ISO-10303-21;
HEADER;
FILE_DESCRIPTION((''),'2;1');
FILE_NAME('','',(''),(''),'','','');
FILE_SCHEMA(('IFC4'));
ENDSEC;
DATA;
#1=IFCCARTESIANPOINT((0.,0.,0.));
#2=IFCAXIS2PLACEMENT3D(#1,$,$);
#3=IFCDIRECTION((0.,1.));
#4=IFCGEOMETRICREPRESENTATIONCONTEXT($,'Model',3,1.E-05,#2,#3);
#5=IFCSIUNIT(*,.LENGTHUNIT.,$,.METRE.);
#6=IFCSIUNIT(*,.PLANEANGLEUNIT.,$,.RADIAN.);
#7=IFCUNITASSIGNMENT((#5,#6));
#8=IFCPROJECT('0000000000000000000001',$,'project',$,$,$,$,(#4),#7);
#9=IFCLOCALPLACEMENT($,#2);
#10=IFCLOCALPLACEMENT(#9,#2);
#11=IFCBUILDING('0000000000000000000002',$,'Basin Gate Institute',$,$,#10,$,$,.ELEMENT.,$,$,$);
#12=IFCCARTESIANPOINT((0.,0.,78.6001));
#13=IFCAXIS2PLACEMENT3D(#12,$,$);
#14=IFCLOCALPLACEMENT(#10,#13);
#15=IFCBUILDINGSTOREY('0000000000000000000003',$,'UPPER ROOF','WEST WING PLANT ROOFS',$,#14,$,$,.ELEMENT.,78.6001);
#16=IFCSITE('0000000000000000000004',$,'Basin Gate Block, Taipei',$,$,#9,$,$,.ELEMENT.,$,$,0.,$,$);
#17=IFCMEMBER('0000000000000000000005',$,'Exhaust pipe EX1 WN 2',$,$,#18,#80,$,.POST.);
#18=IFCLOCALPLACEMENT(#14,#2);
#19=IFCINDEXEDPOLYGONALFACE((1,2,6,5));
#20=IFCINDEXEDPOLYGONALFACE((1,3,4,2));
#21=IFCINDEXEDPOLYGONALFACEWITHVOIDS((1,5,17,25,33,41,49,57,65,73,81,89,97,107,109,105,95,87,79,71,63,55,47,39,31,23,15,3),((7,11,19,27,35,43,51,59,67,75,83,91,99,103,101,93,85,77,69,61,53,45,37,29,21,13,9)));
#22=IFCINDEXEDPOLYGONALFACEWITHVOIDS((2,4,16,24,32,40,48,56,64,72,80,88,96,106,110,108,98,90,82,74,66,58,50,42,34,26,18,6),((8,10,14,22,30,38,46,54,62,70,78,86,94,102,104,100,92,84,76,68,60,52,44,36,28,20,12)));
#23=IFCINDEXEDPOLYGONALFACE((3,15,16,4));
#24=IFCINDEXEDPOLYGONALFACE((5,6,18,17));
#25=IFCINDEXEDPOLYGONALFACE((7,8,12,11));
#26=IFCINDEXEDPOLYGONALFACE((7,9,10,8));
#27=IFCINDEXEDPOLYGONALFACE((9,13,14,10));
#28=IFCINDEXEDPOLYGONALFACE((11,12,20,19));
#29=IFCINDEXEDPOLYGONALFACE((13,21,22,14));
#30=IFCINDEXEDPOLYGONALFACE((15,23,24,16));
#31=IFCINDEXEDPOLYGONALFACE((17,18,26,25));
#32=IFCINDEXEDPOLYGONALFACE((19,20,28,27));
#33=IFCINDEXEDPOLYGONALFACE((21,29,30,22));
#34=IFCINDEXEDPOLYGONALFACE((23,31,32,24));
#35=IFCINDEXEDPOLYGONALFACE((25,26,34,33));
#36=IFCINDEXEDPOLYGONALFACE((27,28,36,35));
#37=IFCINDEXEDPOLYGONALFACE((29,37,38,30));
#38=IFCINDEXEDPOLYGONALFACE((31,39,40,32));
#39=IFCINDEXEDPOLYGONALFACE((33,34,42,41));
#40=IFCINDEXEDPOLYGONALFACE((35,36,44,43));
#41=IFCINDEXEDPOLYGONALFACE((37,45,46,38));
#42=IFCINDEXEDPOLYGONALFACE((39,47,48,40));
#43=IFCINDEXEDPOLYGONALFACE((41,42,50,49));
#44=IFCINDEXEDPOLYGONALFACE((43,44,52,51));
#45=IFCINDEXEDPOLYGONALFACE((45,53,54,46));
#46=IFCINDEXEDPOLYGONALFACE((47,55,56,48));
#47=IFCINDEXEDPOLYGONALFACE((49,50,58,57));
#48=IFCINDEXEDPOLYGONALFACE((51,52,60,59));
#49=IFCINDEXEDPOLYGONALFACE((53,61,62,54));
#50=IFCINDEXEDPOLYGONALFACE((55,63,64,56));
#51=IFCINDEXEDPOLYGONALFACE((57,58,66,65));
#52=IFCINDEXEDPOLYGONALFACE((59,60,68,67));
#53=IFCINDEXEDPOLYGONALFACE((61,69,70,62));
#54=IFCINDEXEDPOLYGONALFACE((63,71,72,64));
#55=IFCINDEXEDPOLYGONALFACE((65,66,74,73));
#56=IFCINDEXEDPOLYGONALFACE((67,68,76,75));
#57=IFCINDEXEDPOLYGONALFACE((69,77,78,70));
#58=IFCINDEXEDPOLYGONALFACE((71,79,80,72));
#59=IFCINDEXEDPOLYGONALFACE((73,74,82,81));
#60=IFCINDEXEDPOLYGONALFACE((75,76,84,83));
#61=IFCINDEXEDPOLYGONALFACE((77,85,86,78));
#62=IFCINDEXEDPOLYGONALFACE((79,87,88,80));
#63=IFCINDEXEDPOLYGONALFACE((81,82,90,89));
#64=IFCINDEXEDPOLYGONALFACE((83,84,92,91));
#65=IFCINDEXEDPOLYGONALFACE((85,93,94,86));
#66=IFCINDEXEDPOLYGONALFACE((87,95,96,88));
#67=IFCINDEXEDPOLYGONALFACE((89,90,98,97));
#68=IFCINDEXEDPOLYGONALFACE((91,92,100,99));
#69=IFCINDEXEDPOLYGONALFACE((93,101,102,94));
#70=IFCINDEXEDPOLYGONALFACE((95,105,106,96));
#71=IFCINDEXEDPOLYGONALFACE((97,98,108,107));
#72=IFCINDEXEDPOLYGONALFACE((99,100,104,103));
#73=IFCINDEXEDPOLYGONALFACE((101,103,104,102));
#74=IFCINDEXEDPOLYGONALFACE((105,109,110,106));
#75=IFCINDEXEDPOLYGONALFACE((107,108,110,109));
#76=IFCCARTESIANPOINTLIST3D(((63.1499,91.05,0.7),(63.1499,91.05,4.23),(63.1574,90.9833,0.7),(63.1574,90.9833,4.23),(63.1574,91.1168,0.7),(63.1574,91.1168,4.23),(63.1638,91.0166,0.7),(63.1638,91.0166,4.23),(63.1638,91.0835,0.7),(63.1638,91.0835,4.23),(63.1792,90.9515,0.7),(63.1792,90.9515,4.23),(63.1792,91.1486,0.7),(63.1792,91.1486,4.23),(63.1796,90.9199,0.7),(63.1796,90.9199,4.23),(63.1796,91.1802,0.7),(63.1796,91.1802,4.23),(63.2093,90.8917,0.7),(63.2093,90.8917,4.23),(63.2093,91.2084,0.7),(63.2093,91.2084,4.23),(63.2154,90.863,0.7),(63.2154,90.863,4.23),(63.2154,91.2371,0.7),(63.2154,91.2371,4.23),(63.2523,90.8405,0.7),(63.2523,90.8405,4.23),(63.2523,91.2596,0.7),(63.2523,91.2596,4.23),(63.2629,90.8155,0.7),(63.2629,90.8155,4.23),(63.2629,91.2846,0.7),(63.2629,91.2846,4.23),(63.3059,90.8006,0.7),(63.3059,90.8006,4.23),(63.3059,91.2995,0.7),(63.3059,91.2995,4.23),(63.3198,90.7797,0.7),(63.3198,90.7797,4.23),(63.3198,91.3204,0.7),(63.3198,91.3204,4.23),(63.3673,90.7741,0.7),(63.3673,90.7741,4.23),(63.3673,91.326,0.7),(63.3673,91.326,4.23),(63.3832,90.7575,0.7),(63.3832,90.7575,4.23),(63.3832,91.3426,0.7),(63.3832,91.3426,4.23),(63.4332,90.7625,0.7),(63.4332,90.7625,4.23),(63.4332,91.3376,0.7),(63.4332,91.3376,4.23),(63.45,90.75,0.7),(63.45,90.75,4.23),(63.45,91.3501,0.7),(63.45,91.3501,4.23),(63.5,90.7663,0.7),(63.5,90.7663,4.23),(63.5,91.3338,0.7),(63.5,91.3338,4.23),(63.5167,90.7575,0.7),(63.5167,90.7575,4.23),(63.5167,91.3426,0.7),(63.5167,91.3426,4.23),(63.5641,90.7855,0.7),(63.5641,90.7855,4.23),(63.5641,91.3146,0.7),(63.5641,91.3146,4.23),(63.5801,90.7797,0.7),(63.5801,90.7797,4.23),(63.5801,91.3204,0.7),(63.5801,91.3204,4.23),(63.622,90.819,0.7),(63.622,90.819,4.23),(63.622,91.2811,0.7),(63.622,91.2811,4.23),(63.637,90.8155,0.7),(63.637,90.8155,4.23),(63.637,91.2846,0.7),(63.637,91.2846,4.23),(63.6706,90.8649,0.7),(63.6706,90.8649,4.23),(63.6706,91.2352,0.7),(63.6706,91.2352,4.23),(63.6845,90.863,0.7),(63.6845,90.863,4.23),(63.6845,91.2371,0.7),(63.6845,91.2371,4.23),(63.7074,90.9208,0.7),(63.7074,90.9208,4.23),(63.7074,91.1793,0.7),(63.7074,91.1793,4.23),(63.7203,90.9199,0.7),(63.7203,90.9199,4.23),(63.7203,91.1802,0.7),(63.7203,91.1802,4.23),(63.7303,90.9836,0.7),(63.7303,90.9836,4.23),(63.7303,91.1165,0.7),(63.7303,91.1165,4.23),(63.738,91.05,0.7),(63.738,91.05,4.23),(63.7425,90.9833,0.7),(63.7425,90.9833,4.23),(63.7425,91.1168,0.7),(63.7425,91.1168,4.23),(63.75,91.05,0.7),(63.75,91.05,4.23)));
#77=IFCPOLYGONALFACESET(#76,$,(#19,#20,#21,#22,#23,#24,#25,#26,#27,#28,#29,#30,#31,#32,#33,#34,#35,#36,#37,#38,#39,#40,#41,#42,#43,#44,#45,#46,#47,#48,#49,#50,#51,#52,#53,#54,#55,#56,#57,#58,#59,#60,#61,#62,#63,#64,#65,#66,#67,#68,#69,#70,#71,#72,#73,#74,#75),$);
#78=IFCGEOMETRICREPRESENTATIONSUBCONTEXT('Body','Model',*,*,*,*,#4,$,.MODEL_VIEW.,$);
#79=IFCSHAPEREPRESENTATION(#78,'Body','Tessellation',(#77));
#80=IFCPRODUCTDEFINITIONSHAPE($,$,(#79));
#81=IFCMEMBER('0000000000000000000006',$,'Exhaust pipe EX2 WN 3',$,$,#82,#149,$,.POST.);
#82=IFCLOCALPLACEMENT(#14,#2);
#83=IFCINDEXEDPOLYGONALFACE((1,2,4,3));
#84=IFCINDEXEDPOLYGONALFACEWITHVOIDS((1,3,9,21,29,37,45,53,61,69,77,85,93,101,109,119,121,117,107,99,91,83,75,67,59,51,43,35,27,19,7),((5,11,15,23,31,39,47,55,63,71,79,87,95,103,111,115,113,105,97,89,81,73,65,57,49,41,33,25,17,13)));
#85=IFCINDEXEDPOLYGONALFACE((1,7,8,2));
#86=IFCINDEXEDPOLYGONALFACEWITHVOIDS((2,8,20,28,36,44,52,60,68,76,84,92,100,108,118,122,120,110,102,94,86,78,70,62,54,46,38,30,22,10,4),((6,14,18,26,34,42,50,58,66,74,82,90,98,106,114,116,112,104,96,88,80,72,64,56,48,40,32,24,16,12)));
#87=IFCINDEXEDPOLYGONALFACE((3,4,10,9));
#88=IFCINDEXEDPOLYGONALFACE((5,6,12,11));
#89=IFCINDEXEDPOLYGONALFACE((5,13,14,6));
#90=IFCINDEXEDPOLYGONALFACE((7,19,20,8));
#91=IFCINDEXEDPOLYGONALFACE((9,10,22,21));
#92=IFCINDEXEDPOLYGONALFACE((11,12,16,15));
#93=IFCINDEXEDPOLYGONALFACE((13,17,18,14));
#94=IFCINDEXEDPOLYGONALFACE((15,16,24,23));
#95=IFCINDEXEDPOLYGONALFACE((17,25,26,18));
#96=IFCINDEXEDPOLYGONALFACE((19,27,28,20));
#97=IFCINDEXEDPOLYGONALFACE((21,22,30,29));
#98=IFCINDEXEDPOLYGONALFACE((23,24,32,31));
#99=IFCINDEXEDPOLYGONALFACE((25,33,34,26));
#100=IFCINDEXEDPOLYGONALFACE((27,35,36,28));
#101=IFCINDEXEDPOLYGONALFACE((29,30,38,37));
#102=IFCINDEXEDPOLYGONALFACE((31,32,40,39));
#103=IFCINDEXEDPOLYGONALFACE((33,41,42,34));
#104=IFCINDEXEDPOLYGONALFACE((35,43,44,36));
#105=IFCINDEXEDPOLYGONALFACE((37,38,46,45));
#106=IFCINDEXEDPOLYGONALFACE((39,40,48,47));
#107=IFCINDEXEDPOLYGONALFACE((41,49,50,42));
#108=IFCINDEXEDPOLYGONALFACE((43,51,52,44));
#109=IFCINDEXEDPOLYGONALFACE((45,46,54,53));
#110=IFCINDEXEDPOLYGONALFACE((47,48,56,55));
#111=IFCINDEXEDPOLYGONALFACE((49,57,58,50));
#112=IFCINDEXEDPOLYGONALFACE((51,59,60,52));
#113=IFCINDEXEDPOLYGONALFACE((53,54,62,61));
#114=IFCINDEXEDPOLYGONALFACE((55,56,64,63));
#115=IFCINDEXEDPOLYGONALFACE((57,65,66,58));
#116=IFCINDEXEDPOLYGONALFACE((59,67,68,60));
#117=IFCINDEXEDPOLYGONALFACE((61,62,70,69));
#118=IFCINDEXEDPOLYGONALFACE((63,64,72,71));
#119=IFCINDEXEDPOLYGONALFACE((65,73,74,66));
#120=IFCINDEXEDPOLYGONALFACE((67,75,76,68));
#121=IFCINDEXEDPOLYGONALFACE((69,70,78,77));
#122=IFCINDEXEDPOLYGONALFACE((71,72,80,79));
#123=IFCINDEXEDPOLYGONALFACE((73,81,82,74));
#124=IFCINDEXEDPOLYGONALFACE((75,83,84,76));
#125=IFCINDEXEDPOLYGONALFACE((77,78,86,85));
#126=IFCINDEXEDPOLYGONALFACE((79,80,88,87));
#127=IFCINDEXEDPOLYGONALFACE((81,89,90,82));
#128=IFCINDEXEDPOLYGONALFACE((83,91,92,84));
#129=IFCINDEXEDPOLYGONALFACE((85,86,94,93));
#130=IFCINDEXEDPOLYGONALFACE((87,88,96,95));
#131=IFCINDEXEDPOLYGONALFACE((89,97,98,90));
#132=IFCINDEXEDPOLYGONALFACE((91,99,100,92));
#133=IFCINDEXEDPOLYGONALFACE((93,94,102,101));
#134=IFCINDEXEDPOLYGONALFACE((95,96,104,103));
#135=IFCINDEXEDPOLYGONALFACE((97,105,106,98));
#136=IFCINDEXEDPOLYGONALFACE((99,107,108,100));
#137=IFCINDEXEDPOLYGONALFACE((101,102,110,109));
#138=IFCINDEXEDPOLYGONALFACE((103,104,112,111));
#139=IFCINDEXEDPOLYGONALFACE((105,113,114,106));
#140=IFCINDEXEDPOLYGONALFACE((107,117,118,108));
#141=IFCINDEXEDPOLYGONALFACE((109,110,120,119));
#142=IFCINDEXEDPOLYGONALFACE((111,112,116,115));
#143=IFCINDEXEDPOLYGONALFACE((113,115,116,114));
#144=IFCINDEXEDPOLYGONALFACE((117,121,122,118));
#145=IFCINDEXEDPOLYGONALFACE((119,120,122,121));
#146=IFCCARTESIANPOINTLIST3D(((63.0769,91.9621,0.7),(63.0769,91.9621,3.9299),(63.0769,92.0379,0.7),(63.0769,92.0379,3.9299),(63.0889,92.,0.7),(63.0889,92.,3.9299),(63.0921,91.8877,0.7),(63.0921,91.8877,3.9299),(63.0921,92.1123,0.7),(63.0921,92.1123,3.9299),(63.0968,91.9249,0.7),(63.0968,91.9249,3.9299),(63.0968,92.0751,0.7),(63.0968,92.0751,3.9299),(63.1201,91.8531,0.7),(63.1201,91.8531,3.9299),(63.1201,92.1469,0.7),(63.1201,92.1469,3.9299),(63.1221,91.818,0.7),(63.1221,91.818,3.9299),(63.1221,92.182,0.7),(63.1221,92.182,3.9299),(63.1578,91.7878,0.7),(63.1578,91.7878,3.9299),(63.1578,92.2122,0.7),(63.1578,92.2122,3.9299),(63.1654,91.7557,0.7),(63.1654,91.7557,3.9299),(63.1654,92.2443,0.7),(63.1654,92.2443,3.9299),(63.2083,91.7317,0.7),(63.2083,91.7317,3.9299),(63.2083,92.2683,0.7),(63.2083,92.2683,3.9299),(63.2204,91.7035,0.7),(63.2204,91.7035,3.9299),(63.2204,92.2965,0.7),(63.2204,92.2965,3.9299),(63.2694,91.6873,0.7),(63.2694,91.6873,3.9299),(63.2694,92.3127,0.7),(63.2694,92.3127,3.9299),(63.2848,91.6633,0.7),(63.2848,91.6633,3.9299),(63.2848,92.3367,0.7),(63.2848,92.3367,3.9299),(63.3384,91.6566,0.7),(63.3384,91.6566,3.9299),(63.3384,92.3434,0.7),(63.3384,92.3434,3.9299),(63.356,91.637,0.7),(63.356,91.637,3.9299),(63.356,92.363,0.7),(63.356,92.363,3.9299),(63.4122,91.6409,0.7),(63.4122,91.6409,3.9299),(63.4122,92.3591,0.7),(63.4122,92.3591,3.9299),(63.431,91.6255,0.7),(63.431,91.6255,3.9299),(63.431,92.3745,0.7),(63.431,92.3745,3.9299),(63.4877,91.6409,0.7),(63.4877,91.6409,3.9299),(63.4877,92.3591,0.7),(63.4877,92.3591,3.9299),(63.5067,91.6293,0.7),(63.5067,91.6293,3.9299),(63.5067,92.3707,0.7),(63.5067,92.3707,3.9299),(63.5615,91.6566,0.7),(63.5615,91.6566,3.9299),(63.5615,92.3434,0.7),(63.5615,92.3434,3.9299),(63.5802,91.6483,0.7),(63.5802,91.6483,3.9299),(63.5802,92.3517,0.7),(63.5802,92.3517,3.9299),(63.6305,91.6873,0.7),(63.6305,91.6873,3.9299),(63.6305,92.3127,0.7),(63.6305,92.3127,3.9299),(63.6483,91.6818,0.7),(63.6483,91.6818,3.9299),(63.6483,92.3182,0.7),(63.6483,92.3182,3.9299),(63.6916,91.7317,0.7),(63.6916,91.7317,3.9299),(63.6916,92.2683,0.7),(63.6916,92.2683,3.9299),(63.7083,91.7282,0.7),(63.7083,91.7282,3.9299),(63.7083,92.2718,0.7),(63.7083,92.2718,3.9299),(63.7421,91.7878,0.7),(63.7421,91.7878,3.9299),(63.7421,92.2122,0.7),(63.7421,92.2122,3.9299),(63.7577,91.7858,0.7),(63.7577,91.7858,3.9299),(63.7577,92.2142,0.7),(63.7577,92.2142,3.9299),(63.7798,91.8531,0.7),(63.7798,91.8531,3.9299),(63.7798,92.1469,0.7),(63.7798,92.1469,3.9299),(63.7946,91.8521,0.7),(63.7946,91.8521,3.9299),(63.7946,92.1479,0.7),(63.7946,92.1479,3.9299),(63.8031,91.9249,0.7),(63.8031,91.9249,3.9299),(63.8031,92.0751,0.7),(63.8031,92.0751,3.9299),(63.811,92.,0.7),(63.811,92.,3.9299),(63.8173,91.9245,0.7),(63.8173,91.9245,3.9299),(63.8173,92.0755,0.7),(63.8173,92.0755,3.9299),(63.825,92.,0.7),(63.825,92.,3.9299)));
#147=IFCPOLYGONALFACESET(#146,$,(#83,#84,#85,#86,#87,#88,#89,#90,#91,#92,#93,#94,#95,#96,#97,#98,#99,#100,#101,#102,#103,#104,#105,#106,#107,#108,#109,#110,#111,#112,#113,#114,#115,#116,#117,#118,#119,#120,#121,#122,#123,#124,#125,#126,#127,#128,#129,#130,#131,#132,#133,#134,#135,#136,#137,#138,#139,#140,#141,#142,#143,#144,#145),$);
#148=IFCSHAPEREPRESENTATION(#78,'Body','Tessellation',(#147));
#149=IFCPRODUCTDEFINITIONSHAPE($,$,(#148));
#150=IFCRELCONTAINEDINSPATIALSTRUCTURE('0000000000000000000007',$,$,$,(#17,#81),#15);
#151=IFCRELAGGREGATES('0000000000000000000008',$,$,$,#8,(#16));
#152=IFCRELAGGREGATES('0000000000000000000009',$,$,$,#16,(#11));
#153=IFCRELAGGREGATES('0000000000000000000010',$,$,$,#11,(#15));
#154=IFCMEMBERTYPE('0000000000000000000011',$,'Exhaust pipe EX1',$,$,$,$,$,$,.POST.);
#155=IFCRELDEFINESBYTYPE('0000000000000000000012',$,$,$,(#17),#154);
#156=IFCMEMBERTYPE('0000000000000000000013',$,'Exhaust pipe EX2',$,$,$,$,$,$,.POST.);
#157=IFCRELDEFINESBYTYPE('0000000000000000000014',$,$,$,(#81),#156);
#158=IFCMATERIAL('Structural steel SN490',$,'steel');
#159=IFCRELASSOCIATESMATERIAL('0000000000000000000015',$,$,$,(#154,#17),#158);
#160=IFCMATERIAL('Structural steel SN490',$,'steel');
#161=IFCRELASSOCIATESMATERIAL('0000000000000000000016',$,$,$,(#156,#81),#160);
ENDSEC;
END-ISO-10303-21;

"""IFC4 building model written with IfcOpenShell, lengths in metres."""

from ifc_helpers import new_model, si_unit, direction, frame, origin, origin_2d, place, context, subcontext, project, spatial, hollow_circle, extrude, material, material_profile, profile_set, type_object, element, save


model = new_model("IFC4")

# Units and contexts
model_context = context("Model", 3, precision=1e-05, world=origin(), true_north=direction((0.0, 1.0)))
body_context = subcontext(model_context, "Body", "Model", "MODEL_VIEW")
ifc_project = project(units=[si_unit("LENGTHUNIT", "METRE"), si_unit("PLANEANGLEUNIT", "RADIAN")], contexts=[model_context])

# Site, building, storey
site_placement = place(None, origin())
site = spatial("IfcSite", under=ifc_project, at=site_placement, Name="Basin Gate Block, Taipei", CompositionType="ELEMENT", RefElevation=0.0)
building_placement = place(site_placement, origin())
building = spatial("IfcBuilding", under=site, at=building_placement, Name="Basin Gate Institute", CompositionType="ELEMENT")
storey_placement = place(building_placement, frame((0.0, 0.0, 78.6001)))
storey = spatial("IfcBuildingStorey", under=building, at=storey_placement, Name="UPPER ROOF", Description="WEST WING PLANT ROOFS", CompositionType="ELEMENT", Elevation=78.6001)

# Members
ifc_material_1 = material(Name="Structural steel SN490", Category="steel")
ifc_material_profile_1 = material_profile(ifc_material_1, hollow_circle(Radius=0.3, WallThickness=0.012, at=origin_2d()), Name="CHS600x12")
ifc_profile_set_1 = profile_set([ifc_material_profile_1], Name="Structural steel SN490")
member_type_1 = type_object("IfcMemberType", Name="Exhaust pipe EX1", PredefinedType="POST", material=ifc_profile_set_1)
member_1_placement = place(storey_placement, frame((63.45, 91.05, 0.7), z_axis=(0.0, 0.0, 1.0), x_axis=(1.0, 0.0, 0.0)))
element("IfcMember", 1, at=member_1_placement, inside=storey, type_object=member_type_1, material=ifc_profile_set_1, Name="Exhaust pipe EX1 WN 2", PredefinedType="POST", context=body_context, shape_type="SweptSolid", body=[
    extrude(hollow_circle(Radius=0.3, WallThickness=0.012, at=origin_2d()), origin(), (0.0, 0.0, 1.0), 3.53),
])
ifc_material_2 = material(Name="Structural steel SN490", Category="steel")
ifc_material_profile_2 = material_profile(ifc_material_2, hollow_circle(Radius=0.375, WallThickness=0.0139, at=origin_2d()), Name="CHS750x14")
ifc_profile_set_2 = profile_set([ifc_material_profile_2], Name="Structural steel SN490")
member_type_2 = type_object("IfcMemberType", Name="Exhaust pipe EX2", PredefinedType="POST", material=ifc_profile_set_2)
member_2_placement = place(storey_placement, frame((63.45, 92.0, 0.7), z_axis=(0.0, 0.0, 1.0), x_axis=(1.0, 0.0, 0.0)))
element("IfcMember", 2, at=member_2_placement, inside=storey, type_object=member_type_2, material=ifc_profile_set_2, Name="Exhaust pipe EX2 WN 3", PredefinedType="POST", context=body_context, shape_type="SweptSolid", body=[
    extrude(hollow_circle(Radius=0.375, WallThickness=0.0139, at=origin_2d()), origin(), (0.0, 0.0, 1.0), 3.23),
])

save(model, "model.ifc")
